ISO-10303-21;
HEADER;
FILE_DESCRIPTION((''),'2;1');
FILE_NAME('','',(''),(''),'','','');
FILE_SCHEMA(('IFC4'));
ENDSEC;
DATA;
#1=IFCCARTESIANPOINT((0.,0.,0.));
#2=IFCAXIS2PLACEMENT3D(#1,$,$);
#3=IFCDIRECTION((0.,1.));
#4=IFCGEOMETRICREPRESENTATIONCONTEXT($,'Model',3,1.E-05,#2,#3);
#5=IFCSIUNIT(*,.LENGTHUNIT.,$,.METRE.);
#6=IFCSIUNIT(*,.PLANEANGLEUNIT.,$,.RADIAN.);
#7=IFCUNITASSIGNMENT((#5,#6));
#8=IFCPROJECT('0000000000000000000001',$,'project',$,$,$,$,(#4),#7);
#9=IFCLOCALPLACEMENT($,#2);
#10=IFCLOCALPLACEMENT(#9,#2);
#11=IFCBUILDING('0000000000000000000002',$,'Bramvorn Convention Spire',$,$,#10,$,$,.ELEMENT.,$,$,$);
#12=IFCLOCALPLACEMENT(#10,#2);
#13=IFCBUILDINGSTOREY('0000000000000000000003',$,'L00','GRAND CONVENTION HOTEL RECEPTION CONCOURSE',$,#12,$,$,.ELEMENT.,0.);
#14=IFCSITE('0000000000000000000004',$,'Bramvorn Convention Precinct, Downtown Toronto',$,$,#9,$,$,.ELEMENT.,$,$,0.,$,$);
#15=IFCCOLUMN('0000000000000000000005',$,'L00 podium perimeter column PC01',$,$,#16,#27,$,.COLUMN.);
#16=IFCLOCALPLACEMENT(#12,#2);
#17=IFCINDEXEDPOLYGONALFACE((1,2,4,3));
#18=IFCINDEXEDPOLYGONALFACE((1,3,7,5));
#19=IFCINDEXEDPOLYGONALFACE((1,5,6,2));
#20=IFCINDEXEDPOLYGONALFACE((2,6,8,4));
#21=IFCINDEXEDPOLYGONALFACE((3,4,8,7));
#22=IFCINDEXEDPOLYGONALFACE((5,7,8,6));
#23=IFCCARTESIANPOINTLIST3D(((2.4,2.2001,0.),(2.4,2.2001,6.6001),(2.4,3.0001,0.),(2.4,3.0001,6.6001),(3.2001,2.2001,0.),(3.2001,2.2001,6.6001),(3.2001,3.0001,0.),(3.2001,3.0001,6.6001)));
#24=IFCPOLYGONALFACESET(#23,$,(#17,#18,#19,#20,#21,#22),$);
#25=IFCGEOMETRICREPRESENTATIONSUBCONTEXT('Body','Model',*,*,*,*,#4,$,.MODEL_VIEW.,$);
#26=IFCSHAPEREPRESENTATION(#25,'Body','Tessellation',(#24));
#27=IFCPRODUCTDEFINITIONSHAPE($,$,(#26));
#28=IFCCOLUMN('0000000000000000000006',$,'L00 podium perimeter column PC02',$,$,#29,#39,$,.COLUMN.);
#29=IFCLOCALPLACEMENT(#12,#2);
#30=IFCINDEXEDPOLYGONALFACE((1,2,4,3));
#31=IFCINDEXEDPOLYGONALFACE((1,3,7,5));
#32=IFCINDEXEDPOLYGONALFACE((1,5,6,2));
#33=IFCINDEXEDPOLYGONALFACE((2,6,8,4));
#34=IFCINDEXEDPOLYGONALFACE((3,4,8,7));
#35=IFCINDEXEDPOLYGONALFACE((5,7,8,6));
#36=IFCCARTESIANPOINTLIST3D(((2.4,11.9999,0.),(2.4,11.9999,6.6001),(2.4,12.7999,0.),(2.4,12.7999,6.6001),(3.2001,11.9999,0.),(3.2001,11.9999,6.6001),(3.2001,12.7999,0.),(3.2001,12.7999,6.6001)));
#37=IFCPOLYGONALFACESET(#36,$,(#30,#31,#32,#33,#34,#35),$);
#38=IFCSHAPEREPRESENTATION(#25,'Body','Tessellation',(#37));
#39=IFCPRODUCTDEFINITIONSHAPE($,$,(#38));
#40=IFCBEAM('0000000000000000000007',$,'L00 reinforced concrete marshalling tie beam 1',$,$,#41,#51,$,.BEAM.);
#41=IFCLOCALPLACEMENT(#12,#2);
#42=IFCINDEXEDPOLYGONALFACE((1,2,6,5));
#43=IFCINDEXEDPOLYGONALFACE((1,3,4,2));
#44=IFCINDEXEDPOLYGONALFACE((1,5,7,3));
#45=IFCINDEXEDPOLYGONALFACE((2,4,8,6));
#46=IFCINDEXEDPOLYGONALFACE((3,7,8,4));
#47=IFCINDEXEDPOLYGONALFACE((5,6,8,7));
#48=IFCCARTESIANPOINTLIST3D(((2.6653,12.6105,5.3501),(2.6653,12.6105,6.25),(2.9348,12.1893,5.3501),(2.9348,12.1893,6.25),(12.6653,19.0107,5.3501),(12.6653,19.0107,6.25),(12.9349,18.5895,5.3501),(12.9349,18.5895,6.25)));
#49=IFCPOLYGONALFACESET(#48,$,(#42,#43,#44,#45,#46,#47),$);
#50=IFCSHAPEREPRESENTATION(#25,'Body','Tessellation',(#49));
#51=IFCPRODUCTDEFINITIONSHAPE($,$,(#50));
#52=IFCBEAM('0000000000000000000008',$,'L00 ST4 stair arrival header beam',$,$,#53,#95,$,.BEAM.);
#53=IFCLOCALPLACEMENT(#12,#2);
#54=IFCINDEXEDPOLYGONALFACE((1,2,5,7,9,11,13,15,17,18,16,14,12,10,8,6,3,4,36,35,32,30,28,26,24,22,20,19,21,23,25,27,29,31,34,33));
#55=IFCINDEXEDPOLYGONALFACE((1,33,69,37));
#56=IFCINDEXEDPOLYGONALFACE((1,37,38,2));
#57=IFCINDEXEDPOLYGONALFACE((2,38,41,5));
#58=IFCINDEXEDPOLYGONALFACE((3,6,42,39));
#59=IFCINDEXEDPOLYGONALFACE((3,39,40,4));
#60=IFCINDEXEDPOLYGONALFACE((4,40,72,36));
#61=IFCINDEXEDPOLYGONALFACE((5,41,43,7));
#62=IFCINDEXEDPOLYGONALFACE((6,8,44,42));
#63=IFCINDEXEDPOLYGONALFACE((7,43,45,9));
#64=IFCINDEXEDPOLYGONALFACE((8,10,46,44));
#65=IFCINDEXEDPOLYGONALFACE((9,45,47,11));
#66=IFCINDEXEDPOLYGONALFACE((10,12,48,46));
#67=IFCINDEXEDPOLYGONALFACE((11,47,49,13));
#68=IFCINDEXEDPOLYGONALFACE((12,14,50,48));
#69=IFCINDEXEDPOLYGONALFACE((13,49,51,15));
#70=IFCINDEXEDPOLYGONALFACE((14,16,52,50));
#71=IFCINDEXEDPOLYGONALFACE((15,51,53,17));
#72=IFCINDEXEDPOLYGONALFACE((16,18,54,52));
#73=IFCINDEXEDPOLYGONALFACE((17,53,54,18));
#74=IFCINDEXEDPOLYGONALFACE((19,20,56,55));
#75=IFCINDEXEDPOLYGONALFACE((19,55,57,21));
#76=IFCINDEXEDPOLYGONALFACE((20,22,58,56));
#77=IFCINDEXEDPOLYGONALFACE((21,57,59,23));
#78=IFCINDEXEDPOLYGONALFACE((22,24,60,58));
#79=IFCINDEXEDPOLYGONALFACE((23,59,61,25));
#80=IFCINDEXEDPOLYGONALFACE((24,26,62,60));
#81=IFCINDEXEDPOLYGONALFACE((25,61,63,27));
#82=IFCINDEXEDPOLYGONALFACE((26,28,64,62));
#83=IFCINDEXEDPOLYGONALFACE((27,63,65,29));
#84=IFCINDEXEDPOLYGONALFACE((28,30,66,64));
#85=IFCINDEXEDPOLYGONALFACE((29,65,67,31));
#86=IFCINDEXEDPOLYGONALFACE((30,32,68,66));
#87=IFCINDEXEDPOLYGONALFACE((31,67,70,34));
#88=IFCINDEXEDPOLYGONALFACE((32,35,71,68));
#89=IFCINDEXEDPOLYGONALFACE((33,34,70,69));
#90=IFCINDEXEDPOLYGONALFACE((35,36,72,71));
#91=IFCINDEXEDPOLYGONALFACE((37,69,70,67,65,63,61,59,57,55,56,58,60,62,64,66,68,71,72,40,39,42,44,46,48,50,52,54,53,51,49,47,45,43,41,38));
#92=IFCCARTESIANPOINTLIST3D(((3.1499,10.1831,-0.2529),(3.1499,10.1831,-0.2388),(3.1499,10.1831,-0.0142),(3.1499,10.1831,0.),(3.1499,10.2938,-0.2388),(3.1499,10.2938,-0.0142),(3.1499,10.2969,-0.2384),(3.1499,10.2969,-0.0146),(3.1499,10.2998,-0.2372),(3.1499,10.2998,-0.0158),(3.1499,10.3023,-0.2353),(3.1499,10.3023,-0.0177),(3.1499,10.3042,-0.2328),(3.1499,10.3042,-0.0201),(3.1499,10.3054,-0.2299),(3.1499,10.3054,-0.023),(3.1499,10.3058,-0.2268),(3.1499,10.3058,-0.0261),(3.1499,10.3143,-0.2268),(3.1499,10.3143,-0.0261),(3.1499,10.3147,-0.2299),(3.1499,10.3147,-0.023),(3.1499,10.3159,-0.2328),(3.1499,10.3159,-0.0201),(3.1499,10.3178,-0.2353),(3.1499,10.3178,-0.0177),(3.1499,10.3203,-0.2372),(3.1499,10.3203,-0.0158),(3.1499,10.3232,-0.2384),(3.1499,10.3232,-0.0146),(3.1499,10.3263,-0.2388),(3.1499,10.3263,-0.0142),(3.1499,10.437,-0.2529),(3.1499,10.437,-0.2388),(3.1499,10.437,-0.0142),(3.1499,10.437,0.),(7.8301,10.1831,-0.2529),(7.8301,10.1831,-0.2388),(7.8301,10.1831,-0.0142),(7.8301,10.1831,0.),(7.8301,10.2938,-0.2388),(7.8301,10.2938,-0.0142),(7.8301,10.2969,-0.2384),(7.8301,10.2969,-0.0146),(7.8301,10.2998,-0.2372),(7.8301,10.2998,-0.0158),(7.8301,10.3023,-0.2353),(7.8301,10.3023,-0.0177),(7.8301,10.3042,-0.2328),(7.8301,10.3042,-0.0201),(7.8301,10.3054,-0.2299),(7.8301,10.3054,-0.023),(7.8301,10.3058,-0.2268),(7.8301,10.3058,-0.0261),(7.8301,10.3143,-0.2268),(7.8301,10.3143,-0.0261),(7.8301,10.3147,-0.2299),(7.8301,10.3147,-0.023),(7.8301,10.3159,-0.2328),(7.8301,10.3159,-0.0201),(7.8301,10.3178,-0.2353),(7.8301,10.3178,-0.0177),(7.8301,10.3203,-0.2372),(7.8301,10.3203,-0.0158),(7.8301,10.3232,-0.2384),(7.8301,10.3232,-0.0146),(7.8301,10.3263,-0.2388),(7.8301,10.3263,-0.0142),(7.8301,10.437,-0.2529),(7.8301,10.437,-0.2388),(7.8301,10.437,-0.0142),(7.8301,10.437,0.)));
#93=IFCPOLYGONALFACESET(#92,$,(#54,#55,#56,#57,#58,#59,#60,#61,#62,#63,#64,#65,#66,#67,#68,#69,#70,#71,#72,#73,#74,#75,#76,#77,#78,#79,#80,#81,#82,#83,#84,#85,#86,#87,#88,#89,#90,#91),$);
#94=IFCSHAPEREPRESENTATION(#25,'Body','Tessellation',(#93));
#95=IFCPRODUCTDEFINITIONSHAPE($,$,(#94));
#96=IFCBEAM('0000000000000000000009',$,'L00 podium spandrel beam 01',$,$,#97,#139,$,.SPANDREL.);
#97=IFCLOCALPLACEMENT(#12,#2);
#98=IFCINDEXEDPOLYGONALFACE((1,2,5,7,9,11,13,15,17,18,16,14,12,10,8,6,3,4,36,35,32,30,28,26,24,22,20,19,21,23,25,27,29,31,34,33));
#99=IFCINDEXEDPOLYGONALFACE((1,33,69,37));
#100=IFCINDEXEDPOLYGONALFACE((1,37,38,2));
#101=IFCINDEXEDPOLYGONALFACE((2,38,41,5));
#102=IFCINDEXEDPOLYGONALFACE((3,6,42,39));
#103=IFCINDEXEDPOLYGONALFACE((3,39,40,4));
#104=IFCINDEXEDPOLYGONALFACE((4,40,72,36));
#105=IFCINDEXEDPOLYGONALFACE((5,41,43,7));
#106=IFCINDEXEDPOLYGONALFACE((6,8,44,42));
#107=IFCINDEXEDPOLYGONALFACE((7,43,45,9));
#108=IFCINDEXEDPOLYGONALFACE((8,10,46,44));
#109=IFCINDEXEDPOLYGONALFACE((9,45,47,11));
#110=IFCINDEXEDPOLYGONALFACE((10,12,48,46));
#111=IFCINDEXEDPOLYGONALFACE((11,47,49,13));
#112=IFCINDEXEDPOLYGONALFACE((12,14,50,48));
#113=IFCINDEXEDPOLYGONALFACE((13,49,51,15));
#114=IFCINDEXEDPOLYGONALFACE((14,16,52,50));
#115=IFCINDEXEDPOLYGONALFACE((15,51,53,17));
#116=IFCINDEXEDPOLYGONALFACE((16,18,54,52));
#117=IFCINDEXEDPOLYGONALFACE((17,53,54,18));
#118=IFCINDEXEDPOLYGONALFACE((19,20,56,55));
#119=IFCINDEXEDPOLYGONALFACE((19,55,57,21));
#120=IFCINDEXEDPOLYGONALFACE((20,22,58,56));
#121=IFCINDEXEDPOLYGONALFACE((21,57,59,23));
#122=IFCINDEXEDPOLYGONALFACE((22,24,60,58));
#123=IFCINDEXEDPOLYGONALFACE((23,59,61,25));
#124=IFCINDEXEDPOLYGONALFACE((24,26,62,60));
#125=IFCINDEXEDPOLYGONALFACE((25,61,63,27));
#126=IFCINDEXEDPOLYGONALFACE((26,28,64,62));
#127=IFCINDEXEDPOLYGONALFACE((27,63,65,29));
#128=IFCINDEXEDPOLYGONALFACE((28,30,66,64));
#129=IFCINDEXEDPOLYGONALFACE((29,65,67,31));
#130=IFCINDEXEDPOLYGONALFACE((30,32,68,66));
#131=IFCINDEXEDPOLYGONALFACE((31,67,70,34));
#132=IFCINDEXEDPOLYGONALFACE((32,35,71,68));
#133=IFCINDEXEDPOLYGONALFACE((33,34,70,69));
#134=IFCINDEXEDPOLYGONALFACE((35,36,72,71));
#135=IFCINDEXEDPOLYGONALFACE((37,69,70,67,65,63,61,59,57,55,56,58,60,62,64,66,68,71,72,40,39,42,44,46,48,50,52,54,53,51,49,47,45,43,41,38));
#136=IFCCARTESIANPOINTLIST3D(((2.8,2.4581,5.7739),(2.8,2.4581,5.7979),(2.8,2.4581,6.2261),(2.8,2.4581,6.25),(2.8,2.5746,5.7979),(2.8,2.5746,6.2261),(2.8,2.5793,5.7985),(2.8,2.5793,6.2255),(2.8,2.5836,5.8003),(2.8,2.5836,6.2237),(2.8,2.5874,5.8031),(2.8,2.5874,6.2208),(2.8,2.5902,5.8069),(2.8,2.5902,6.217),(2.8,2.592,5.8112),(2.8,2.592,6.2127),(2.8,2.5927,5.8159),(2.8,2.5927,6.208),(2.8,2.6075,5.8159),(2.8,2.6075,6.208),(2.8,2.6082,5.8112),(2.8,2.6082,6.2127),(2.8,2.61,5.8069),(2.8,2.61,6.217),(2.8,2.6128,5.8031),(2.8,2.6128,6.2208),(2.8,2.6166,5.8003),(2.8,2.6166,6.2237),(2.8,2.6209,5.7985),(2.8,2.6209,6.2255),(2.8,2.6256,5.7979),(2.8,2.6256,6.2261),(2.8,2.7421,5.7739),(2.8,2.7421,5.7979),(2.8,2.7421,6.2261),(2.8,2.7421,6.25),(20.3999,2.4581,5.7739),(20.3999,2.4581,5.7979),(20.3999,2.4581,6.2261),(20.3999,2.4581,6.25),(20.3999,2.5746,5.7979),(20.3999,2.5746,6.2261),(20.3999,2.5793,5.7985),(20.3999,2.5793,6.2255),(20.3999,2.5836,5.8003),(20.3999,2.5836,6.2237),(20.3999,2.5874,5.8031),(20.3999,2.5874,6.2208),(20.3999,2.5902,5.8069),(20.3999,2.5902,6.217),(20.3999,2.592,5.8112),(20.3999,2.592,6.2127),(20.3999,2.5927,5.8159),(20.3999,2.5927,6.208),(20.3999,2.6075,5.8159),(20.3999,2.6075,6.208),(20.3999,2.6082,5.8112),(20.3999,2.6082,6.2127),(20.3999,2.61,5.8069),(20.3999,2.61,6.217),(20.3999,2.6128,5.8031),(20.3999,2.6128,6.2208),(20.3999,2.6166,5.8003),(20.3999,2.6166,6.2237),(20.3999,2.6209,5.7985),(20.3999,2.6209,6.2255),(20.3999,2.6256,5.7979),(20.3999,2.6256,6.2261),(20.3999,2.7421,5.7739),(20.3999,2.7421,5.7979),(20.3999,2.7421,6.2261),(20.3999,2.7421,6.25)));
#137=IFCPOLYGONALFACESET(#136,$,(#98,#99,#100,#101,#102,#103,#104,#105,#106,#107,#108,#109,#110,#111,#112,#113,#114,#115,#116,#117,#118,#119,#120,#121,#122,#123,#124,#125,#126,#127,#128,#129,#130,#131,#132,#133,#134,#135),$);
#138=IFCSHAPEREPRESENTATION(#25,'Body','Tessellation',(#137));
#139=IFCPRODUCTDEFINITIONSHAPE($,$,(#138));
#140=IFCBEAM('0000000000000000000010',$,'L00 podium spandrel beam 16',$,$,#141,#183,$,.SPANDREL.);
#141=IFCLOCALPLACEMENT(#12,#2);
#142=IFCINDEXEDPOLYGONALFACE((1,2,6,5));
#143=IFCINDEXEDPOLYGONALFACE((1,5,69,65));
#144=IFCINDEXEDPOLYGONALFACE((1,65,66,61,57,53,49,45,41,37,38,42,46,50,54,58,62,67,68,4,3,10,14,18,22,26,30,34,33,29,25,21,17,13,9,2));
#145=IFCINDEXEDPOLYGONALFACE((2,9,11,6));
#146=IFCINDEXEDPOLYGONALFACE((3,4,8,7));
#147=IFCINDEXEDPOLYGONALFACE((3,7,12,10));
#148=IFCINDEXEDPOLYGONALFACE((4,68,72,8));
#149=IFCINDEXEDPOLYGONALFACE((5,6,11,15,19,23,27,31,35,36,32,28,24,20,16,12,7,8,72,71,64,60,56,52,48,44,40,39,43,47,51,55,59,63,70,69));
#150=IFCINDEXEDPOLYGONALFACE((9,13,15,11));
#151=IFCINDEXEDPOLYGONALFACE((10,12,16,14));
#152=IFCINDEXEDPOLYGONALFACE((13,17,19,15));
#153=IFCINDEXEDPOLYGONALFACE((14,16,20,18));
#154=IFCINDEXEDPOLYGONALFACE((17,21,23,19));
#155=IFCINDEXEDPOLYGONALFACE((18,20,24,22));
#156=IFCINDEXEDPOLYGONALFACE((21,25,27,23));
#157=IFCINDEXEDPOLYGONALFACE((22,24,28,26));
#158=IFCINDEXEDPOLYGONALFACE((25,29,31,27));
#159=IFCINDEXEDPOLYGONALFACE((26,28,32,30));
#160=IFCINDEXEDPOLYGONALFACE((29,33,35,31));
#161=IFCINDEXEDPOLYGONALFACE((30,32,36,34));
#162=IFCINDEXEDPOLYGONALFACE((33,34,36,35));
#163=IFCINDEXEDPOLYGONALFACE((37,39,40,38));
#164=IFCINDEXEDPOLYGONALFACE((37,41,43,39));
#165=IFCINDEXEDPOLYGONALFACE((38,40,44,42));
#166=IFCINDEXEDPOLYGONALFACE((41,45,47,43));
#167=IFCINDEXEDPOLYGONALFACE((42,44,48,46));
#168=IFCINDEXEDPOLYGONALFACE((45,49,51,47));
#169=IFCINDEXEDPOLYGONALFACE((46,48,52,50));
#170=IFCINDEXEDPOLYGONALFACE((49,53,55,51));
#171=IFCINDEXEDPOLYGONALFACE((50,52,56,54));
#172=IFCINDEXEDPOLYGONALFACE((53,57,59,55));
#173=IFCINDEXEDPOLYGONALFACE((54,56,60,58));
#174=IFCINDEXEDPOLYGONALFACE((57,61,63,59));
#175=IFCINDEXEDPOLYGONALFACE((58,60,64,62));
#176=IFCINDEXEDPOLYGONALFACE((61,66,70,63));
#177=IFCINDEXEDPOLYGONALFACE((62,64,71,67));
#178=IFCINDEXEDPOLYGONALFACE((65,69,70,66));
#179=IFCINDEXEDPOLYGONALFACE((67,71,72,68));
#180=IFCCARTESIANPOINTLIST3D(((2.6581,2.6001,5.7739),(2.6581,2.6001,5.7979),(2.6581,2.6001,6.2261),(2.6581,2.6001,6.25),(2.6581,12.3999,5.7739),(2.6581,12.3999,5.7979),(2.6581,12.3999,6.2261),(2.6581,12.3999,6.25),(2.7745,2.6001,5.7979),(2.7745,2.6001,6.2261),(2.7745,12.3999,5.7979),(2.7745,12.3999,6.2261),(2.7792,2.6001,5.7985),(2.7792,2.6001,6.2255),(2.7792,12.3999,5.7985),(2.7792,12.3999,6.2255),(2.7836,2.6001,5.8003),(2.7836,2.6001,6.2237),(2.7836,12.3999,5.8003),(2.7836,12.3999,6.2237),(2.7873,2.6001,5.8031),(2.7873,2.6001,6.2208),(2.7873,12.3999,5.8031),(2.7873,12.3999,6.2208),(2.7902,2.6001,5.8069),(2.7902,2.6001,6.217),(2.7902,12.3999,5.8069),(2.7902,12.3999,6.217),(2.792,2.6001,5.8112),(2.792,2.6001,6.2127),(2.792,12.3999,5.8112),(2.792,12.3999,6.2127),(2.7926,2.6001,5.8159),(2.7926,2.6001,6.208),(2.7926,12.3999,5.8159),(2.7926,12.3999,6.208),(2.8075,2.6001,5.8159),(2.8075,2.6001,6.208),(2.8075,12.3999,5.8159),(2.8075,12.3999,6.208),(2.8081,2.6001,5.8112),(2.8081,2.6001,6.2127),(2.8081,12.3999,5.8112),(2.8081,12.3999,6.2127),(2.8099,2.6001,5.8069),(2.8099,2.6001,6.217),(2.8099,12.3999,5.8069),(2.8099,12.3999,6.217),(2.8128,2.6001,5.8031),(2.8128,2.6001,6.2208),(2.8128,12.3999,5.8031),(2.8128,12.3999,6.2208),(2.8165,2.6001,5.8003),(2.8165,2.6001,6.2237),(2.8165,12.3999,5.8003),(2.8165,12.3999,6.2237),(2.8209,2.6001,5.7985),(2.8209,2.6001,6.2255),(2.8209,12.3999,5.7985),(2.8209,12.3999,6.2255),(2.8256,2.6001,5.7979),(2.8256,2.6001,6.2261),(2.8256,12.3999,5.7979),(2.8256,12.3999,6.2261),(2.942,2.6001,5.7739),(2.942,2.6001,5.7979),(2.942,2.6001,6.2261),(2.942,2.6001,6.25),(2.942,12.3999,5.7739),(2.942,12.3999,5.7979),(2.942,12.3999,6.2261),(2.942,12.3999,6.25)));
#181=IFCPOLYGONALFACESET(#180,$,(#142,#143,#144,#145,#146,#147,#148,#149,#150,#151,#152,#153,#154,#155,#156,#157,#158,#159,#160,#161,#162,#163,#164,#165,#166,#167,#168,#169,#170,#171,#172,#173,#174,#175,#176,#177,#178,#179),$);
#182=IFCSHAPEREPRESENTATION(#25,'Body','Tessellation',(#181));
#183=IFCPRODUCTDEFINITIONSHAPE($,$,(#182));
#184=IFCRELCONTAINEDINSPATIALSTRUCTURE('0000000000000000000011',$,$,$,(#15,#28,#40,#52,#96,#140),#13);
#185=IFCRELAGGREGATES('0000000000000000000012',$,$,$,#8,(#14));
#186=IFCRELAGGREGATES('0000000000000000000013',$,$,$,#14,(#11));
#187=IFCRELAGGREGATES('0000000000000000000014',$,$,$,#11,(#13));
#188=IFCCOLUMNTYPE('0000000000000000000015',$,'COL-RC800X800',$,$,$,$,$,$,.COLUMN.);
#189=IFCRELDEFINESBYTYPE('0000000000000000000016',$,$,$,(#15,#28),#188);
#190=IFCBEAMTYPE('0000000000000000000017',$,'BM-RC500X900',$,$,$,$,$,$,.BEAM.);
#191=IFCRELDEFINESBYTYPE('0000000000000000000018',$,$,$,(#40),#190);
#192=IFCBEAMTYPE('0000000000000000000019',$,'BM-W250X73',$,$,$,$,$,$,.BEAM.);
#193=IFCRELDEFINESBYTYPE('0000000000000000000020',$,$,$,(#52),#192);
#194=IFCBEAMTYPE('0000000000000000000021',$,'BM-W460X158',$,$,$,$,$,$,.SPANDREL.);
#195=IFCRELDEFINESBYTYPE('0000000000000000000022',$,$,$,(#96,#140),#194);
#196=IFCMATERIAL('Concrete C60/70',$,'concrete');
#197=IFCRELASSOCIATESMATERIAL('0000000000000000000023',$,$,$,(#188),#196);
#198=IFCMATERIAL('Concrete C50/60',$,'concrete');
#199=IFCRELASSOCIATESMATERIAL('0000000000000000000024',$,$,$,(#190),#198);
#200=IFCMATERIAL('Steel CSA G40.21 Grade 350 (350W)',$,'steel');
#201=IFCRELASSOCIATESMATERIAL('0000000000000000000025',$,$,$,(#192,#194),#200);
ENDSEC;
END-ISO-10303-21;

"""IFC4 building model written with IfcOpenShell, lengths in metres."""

from ifc_helpers import new_model, si_unit, direction, frame, origin, origin_2d, place, context, subcontext, project, spatial, rectangle, i_section, extrude, material, material_profile, profile_set, type_object, element, save


model = new_model("IFC4")

# Units and contexts
model_context = context("Model", 3, precision=1e-05, world=origin(), true_north=direction((0.0, 1.0)))
body_context = subcontext(model_context, "Body", "Model", "MODEL_VIEW")
ifc_project = project(units=[si_unit("LENGTHUNIT", "METRE"), si_unit("PLANEANGLEUNIT", "RADIAN")], contexts=[model_context])

# Site, building, storey
site_placement = place(None, origin())
site = spatial("IfcSite", under=ifc_project, at=site_placement, Name="Bramvorn Convention Precinct, Downtown Toronto", CompositionType="ELEMENT", RefElevation=0.0)
building_placement = place(site_placement, origin())
building = spatial("IfcBuilding", under=site, at=building_placement, Name="Bramvorn Convention Spire", CompositionType="ELEMENT")
storey_placement = place(building_placement, origin())
storey = spatial("IfcBuildingStorey", under=building, at=storey_placement, Name="L00", Description="GRAND CONVENTION HOTEL RECEPTION CONCOURSE", CompositionType="ELEMENT", Elevation=0.0)

# Columns
ifc_material_1 = material(Name="Concrete C60/70", Category="concrete")
ifc_material_profile_1 = material_profile(ifc_material_1, rectangle(XDim=0.8, YDim=0.8, at=origin_2d()))
ifc_profile_set_1 = profile_set([ifc_material_profile_1], Name="Concrete C60/70 - RC800X800")
column_type = type_object("IfcColumnType", Name="COL-RC800X800", PredefinedType="COLUMN", material=ifc_profile_set_1)
for number, where, z_axis, x_axis, name in (
    (1, (2.8, 2.6001, 0.0), (0.0, 0.0, 1.0), (1.0, 0.0, 0.0), "L00 podium perimeter column PC01"),
    (2, (2.8, 12.3999, 0.0), (0.0, 0.0, 1.0), (1.0, 0.0, 0.0), "L00 podium perimeter column PC02"),
):
    element("IfcColumn", number, at=place(storey_placement, frame(where, z_axis=z_axis, x_axis=x_axis)), inside=storey, type_object=column_type, Name=name, PredefinedType="COLUMN", context=body_context, shape_type="SweptSolid", body=[
        extrude(rectangle(XDim=0.8, YDim=0.8, at=origin_2d()), origin(), (0.0, 0.0, 1.0), 6.6001),
    ])

# Beams
ifc_material_2 = material(Name="Concrete C50/60", Category="concrete")
ifc_material_profile_2 = material_profile(ifc_material_2, rectangle(XDim=0.5, YDim=0.8999, at=origin_2d()))
ifc_profile_set_2 = profile_set([ifc_material_profile_2], Name="Concrete C50/60 - RC500X900")
beam_type_1 = type_object("IfcBeamType", Name="BM-RC500X900", PredefinedType="BEAM", material=ifc_profile_set_2)
beam_1_placement = place(storey_placement, frame((2.8, 12.3999, 5.8), z_axis=(0.842266, 0.539062, 0.0), x_axis=(-0.539062, 0.842266, 0.0)))
element("IfcBeam", 3, at=beam_1_placement, inside=storey, type_object=beam_type_1, Name="L00 reinforced concrete marshalling tie beam 1", PredefinedType="BEAM", context=body_context, shape_type="SweptSolid", body=[
    extrude(rectangle(XDim=0.5, YDim=0.8999, at=origin_2d()), origin(), (0.0, 0.0, 1.0), 11.8728),
])
ifc_material_3 = material(Name="Steel CSA G40.21 Grade 350 (350W)", Category="steel")
ifc_material_profile_3 = material_profile(ifc_material_3, i_section(OverallWidth=0.2539, OverallDepth=0.2529, WebThickness=0.0085, FlangeThickness=0.0142, FilletRadius=0.012, at=origin_2d()))
ifc_profile_set_3 = profile_set([ifc_material_profile_3], Name="Steel CSA G40.21 Grade 350 (350W) - W250X73")
beam_type_2 = type_object("IfcBeamType", Name="BM-W250X73", PredefinedType="BEAM", material=ifc_profile_set_3)
beam_2_placement = place(storey_placement, frame((3.1499, 10.3101, -0.1265), z_axis=(1.0, 0.0, 0.0), x_axis=(0.0, 1.0, 0.0)))
element("IfcBeam", 4, at=beam_2_placement, inside=storey, type_object=beam_type_2, Name="L00 ST4 stair arrival header beam", PredefinedType="BEAM", context=body_context, shape_type="SweptSolid", body=[
    extrude(i_section(OverallWidth=0.2539, OverallDepth=0.2529, WebThickness=0.0085, FlangeThickness=0.0142, FilletRadius=0.012, at=origin_2d()), origin(), (0.0, 0.0, 1.0), 4.6802),
])
ifc_material_profile_4 = material_profile(ifc_material_3, i_section(OverallWidth=0.2839, OverallDepth=0.4761, WebThickness=0.0149, FlangeThickness=0.0239, FilletRadius=0.0181, at=origin_2d()))
ifc_profile_set_4 = profile_set([ifc_material_profile_4], Name="Steel CSA G40.21 Grade 350 (350W) - W460X158")
beam_type_3 = type_object("IfcBeamType", Name="BM-W460X158", PredefinedType="SPANDREL", material=ifc_profile_set_4)
beam_3_placement = place(storey_placement, frame((2.8, 2.6001, 6.012), z_axis=(1.0, 0.0, 0.0), x_axis=(0.0, 1.0, 0.0)))
element("IfcBeam", 5, at=beam_3_placement, inside=storey, type_object=beam_type_3, Name="L00 podium spandrel beam 01", PredefinedType="SPANDREL", context=body_context, shape_type="SweptSolid", body=[
    extrude(i_section(OverallWidth=0.2839, OverallDepth=0.4761, WebThickness=0.0149, FlangeThickness=0.0239, FilletRadius=0.0181, at=origin_2d()), origin(), (0.0, 0.0, 1.0), 17.5999),
])
beam_4_placement = place(storey_placement, frame((2.8, 12.3999, 6.012), z_axis=(0.0, -1.0, 0.0), x_axis=(1.0, 0.0, 0.0)))
element("IfcBeam", 6, at=beam_4_placement, inside=storey, type_object=beam_type_3, Name="L00 podium spandrel beam 16", PredefinedType="SPANDREL", context=body_context, shape_type="SweptSolid", body=[
    extrude(i_section(OverallWidth=0.2839, OverallDepth=0.4761, WebThickness=0.0149, FlangeThickness=0.0239, FilletRadius=0.0181, at=origin_2d()), origin(), (0.0, 0.0, 1.0), 9.7998),
])

save(model, "model.ifc")
